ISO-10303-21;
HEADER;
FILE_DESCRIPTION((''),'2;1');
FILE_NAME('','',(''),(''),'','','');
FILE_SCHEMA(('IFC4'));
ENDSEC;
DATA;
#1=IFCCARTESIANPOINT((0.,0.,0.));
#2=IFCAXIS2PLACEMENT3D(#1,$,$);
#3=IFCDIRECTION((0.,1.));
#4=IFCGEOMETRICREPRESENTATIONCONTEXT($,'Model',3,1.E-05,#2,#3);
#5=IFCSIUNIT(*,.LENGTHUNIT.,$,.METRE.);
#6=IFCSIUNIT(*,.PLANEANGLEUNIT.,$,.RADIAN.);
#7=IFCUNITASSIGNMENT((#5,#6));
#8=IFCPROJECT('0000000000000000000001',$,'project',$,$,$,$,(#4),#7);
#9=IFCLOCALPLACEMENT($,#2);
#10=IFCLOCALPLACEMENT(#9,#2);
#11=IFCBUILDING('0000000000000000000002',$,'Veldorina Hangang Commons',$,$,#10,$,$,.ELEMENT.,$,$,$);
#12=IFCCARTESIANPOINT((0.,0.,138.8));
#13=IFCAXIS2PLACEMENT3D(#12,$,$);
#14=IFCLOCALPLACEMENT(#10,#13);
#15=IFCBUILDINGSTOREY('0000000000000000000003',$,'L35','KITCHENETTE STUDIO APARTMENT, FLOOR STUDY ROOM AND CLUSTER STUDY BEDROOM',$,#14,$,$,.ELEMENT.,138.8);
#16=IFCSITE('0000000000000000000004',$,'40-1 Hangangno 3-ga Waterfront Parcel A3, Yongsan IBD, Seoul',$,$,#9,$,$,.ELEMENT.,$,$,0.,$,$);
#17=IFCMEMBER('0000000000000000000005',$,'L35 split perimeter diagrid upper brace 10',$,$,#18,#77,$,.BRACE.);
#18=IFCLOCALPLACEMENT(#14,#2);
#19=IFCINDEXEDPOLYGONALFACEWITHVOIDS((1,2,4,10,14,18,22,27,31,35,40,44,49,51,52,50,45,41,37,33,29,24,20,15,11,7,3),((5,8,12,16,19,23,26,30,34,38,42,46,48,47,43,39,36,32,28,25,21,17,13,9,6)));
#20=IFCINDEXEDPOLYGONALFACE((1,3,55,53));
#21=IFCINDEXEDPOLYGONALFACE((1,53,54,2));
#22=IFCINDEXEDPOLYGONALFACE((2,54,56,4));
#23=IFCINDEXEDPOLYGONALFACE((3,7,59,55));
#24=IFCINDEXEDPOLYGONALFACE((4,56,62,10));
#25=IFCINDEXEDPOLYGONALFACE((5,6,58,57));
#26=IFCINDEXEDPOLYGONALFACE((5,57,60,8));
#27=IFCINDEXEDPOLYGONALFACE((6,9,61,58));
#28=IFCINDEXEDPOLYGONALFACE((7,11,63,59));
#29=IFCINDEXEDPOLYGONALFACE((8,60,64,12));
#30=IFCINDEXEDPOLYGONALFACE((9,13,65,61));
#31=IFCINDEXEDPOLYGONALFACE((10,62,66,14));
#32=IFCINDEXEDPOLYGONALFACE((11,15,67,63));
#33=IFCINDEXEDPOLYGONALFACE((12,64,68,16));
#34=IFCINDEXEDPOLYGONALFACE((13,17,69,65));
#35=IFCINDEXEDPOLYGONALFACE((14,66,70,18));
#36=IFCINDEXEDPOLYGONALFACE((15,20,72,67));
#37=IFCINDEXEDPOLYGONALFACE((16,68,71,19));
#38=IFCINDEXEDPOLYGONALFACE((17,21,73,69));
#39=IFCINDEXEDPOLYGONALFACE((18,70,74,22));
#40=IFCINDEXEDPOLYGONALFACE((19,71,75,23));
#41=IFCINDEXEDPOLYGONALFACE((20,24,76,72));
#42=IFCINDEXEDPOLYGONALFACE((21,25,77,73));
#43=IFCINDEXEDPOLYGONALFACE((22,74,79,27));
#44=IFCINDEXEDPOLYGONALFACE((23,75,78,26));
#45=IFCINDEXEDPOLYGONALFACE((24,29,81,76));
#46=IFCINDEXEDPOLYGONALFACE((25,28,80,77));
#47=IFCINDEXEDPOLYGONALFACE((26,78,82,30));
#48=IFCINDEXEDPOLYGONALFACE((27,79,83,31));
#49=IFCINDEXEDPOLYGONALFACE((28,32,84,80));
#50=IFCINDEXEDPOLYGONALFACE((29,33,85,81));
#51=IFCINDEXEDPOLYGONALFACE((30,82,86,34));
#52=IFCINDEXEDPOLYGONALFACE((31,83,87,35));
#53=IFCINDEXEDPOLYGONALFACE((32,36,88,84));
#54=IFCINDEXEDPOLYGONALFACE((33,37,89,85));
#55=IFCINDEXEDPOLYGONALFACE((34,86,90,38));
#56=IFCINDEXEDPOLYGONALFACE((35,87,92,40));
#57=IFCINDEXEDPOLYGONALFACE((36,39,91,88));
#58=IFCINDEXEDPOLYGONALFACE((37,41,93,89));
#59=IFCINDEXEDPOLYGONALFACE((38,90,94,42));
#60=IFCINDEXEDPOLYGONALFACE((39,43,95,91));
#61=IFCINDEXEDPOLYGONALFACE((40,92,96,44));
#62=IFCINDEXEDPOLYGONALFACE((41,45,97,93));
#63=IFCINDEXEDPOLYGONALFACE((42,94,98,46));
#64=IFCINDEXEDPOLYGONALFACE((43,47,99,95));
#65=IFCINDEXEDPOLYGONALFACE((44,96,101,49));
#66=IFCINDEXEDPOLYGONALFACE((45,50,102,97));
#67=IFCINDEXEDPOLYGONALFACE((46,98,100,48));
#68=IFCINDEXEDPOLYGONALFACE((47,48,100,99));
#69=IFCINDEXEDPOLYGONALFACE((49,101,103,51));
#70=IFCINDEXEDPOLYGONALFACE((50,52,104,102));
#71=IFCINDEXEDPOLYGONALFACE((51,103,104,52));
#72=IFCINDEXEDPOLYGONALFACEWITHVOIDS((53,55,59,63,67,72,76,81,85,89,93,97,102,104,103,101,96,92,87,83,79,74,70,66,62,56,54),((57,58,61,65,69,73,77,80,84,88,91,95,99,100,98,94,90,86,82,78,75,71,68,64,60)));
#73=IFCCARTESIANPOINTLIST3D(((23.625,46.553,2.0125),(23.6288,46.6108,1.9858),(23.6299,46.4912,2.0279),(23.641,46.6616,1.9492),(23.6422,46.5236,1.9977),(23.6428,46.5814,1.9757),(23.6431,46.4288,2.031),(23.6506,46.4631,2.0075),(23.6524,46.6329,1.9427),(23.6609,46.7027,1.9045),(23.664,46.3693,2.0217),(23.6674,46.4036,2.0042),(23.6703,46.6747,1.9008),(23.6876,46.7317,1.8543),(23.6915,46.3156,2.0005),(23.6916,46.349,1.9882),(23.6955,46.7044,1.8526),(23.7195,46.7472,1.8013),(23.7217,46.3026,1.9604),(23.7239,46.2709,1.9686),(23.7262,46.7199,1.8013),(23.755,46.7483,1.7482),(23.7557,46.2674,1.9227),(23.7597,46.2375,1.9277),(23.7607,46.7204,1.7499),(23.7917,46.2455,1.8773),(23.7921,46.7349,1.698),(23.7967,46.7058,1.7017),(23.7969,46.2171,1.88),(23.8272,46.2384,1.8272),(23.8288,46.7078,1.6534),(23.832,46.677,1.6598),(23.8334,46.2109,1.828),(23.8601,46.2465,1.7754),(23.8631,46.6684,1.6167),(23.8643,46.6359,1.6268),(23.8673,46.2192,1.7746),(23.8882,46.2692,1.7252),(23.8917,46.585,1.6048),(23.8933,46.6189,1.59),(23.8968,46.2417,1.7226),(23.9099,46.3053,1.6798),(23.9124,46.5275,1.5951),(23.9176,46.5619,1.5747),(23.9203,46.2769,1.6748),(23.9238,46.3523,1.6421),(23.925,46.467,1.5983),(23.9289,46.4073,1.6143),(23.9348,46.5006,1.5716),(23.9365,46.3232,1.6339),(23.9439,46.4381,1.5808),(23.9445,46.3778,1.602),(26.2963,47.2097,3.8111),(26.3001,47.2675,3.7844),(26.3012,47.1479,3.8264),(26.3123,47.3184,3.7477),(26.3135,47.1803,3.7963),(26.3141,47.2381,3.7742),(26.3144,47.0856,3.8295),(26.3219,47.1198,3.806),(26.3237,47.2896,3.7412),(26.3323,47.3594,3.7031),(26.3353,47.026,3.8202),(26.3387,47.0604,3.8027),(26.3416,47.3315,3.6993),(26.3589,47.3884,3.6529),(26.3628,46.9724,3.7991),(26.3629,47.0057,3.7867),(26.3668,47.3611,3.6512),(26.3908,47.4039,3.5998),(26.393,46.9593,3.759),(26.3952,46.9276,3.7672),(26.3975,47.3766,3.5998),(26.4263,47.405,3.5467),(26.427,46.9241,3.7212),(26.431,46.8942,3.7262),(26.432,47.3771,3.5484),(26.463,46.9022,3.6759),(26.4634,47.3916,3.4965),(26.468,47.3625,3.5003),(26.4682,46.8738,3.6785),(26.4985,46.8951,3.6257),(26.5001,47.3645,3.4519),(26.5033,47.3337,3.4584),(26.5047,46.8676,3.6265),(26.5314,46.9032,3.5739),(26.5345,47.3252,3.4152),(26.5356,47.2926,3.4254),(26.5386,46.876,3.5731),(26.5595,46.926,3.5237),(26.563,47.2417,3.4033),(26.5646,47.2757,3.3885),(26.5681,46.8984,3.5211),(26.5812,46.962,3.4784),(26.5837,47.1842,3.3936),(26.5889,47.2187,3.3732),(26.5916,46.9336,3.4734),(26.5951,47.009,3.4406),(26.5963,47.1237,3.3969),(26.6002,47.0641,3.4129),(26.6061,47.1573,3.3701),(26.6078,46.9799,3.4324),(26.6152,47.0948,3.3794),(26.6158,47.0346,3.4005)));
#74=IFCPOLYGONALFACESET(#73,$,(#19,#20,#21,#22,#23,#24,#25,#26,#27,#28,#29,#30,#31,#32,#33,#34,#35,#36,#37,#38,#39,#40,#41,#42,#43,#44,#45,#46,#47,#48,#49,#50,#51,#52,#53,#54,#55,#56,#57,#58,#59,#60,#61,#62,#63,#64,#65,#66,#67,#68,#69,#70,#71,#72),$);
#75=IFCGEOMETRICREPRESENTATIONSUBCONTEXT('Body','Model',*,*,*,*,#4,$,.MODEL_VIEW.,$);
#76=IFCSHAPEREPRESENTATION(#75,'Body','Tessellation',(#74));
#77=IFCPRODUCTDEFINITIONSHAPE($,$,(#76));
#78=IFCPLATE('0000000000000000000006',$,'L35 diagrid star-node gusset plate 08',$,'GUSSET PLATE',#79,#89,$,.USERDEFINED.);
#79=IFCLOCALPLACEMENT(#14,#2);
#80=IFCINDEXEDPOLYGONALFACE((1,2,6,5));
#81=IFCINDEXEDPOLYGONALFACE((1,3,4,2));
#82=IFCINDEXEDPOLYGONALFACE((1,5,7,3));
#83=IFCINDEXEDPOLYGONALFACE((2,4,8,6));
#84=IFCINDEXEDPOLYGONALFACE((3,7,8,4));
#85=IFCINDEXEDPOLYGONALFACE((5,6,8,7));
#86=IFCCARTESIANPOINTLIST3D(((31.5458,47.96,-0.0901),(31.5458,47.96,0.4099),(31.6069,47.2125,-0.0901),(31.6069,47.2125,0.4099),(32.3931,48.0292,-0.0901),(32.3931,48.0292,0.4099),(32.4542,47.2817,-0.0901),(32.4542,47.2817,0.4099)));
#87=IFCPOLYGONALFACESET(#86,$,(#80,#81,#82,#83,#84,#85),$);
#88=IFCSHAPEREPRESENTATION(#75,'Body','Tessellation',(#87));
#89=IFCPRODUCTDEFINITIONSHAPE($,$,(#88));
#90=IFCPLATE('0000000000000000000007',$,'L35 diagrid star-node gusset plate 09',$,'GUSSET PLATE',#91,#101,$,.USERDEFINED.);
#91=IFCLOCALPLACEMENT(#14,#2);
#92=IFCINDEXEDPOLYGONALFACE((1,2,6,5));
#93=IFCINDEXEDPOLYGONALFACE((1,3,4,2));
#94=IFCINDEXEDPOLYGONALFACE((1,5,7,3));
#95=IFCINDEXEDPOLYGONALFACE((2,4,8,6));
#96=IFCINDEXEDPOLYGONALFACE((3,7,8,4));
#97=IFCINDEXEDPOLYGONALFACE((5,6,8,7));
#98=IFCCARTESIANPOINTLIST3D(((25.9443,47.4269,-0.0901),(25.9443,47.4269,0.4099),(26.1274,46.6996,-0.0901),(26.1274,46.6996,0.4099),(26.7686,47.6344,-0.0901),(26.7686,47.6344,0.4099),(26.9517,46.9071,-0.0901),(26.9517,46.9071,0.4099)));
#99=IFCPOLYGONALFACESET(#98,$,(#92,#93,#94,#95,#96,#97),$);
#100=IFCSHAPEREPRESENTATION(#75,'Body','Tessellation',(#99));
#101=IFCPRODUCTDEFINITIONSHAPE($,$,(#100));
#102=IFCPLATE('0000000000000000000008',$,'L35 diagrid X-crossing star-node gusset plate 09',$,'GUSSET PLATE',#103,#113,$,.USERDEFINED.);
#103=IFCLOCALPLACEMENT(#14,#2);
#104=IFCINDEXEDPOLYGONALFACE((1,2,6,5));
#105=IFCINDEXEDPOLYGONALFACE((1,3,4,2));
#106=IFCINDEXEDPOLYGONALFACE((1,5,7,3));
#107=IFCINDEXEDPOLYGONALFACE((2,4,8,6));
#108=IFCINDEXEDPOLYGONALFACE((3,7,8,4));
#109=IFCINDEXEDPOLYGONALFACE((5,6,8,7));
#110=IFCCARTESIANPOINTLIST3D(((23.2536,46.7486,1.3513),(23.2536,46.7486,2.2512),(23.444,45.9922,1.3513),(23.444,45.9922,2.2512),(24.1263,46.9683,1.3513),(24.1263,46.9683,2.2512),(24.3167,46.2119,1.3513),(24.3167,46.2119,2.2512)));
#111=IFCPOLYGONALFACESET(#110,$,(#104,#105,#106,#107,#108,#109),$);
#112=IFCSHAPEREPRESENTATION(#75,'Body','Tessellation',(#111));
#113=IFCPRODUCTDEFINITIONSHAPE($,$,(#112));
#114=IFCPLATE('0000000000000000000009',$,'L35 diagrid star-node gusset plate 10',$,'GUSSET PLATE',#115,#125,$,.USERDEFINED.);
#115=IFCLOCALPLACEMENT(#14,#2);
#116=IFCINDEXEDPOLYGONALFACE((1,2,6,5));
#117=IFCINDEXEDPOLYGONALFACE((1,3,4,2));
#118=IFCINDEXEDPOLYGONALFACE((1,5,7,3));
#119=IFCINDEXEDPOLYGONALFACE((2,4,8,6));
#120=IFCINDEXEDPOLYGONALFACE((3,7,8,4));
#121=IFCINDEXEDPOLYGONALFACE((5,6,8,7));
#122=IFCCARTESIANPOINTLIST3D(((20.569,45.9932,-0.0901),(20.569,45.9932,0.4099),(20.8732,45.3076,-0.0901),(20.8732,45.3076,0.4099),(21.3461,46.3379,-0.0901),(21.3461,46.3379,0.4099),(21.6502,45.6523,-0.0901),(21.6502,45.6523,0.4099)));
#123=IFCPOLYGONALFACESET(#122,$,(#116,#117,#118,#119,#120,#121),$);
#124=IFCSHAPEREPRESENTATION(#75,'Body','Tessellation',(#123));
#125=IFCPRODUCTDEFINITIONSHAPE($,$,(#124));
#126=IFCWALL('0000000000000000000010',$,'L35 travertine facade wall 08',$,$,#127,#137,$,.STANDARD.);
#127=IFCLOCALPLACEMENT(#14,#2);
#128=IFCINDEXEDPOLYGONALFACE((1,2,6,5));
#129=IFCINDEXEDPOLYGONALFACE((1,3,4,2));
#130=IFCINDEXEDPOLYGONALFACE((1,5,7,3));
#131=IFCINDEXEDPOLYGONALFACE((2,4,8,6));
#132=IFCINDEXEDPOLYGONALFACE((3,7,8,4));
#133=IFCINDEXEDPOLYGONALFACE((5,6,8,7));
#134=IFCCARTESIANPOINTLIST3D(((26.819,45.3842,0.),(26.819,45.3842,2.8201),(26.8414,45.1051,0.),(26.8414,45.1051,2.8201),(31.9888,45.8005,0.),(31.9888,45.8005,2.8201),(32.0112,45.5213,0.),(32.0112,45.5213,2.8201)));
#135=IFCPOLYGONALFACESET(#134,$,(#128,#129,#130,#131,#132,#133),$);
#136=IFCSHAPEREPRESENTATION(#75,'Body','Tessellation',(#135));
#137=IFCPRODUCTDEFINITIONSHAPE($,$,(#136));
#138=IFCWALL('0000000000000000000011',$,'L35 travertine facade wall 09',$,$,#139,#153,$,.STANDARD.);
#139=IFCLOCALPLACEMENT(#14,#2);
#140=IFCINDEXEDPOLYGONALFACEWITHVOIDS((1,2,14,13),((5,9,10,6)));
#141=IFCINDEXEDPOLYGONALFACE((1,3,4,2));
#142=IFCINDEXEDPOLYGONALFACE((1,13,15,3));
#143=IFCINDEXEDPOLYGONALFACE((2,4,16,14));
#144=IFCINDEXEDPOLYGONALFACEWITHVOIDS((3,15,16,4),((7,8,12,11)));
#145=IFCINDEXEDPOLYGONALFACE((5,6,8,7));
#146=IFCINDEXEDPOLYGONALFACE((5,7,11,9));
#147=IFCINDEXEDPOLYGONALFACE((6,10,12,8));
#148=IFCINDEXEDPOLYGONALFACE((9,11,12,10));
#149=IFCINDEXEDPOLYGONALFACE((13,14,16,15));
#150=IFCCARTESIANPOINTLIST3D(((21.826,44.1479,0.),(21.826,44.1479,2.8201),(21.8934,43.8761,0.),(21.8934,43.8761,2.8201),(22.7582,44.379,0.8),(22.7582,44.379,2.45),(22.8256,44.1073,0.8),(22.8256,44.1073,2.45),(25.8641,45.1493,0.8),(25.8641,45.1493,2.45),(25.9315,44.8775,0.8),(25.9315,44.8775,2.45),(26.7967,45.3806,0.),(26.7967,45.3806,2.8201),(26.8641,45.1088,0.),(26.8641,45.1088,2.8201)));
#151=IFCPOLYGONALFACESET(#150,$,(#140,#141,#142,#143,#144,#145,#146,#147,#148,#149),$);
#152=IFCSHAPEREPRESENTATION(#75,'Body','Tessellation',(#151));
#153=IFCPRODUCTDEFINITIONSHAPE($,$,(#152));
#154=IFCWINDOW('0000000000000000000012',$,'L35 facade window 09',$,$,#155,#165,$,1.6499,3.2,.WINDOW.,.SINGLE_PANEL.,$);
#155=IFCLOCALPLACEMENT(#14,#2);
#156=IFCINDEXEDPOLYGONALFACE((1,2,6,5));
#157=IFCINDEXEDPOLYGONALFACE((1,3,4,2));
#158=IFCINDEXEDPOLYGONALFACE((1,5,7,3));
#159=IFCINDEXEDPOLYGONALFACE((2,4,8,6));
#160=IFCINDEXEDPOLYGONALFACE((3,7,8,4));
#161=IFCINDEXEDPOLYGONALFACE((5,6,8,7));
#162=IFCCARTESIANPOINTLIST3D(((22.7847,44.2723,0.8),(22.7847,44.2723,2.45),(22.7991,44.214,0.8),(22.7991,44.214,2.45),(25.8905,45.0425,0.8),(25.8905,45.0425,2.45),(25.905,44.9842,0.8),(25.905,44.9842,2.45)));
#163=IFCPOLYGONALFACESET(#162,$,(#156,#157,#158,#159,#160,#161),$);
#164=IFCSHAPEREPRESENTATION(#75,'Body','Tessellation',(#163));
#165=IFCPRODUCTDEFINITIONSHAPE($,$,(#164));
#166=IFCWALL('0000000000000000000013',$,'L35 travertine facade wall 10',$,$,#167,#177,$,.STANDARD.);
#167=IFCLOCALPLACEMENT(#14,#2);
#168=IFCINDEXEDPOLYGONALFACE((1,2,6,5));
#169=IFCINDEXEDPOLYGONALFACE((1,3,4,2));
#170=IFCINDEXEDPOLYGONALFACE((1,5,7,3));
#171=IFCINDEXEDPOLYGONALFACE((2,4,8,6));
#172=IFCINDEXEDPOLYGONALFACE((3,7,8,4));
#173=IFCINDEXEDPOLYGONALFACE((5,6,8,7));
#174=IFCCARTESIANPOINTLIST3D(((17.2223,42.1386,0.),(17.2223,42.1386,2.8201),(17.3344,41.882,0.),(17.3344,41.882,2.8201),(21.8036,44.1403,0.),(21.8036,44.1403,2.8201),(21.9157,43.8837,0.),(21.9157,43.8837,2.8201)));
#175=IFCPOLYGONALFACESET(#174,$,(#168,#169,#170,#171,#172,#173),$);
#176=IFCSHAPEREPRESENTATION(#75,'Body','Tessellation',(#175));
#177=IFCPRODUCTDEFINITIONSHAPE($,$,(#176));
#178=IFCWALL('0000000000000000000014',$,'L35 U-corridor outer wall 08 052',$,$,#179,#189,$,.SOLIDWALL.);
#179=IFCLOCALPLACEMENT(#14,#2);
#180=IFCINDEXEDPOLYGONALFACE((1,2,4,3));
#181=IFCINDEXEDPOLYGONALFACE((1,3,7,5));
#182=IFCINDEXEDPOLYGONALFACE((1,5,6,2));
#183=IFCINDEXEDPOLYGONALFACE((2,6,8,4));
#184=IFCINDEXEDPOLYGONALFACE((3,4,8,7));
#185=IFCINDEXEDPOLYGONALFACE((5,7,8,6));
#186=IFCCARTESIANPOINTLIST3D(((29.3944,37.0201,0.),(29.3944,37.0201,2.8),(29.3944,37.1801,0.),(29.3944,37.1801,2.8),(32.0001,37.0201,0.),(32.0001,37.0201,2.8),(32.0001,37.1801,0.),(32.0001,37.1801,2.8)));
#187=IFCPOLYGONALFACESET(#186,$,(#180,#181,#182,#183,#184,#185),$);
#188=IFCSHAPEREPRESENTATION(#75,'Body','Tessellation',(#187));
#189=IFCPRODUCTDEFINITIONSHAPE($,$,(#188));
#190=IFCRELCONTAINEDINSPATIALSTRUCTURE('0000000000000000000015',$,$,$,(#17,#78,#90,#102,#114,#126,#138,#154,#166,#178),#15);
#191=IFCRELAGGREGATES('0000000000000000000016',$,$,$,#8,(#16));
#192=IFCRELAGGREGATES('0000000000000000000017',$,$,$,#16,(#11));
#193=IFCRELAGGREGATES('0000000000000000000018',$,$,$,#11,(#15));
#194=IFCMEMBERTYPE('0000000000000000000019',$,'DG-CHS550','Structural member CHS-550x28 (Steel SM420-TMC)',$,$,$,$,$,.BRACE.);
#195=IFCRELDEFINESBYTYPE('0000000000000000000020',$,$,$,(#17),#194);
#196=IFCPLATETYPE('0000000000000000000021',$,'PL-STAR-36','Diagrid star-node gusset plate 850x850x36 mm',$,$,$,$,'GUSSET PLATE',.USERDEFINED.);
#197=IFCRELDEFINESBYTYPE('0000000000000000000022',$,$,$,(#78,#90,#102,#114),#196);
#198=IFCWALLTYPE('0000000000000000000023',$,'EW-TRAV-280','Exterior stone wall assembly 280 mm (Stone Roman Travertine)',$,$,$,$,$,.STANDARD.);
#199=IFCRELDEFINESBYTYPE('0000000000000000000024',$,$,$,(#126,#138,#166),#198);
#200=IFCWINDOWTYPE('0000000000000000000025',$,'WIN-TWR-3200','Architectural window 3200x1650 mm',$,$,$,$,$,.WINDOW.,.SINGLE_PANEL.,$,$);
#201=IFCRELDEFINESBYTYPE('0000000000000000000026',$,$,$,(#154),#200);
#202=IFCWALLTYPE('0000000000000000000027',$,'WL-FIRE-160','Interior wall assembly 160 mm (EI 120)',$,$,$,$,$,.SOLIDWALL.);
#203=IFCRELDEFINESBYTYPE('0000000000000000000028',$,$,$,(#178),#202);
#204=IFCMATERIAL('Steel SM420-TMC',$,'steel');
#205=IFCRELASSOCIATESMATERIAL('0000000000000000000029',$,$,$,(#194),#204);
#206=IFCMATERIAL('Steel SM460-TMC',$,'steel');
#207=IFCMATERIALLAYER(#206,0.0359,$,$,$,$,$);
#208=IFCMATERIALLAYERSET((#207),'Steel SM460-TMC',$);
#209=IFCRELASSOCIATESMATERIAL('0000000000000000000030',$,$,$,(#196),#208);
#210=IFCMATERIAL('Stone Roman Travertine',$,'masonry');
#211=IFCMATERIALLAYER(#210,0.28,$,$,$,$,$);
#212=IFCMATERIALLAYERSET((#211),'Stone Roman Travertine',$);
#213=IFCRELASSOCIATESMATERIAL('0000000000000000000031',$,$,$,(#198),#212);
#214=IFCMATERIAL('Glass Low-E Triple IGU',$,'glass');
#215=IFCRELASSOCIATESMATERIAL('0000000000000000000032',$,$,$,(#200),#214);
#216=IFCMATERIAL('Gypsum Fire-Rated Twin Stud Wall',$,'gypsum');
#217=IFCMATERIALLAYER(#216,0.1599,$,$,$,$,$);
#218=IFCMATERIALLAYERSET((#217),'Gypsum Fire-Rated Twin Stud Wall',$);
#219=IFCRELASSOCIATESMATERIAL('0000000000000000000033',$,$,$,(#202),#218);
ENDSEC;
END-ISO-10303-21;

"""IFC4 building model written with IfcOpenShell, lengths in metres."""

from ifc_helpers import new_model, si_unit, direction, frame, frame_2d, origin, origin_2d, place, context, subcontext, project, spatial, rectangle, hollow_circle, extrude, material, layer, layer_set, material_profile, profile_set, type_object, element, fill, save


model = new_model("IFC4")

# Units and contexts
model_context = context("Model", 3, precision=1e-05, world=origin(), true_north=direction((0.0, 1.0)))
body_context = subcontext(model_context, "Body", "Model", "MODEL_VIEW")
ifc_project = project(units=[si_unit("LENGTHUNIT", "METRE"), si_unit("PLANEANGLEUNIT", "RADIAN")], contexts=[model_context])

# Site, building, storey
site_placement = place(None, origin())
site = spatial("IfcSite", under=ifc_project, at=site_placement, Name="40-1 Hangangno 3-ga Waterfront Parcel A3, Yongsan IBD, Seoul", CompositionType="ELEMENT", RefElevation=0.0)
building_placement = place(site_placement, origin())
building = spatial("IfcBuilding", under=site, at=building_placement, Name="Veldorina Hangang Commons", CompositionType="ELEMENT")
storey_placement = place(building_placement, frame((0.0, 0.0, 138.8)))
storey = spatial("IfcBuildingStorey", under=building, at=storey_placement, Name="L35", Description="KITCHENETTE STUDIO APARTMENT, FLOOR STUDY ROOM AND CLUSTER STUDY BEDROOM", CompositionType="ELEMENT", Elevation=138.8)

# Shared definitions
ifc_material_1 = material(Name="Steel SM420-TMC", Category="steel")

# Member
ifc_material_profile_1 = material_profile(ifc_material_1, hollow_circle(Radius=0.2749, WallThickness=0.0281, at=origin_2d()), Name="CHS-550x28")
ifc_profile_set_1 = profile_set([ifc_material_profile_1], Name="Steel SM420-TMC")
member_type = type_object("IfcMemberType", Name="DG-CHS550", Description="Structural member CHS-550x28 (Steel SM420-TMC)", PredefinedType="BRACE", material=ifc_profile_set_1)
member_1_placement = place(storey_placement, frame((23.7852, 46.4802, 1.8013), z_axis=(0.812782, 0.199816, 0.547228), x_axis=(-0.238733, 0.971085, 0.0)))
element("IfcMember", 1, at=member_1_placement, inside=storey, type_object=member_type, Name="L35 split perimeter diagrid upper brace 10", PredefinedType="BRACE", context=body_context, shape_type="SweptSolid", body=[
    extrude(hollow_circle(Radius=0.2749, WallThickness=0.0281, at=origin_2d()), origin(), (0.0, 0.0, 1.0), 3.2866),
])

# Plates
ifc_material_2 = material(Name="Steel SM460-TMC", Category="steel")
ifc_layer_1 = layer(ifc_material_2, 0.0359)
ifc_layer_set_1 = layer_set([ifc_layer_1], Name="Steel SM460-TMC")
plate_type = type_object("IfcPlateType", Name="PL-STAR-36", Description="Diagrid star-node gusset plate 850x850x36 mm", ElementType="GUSSET PLATE", PredefinedType="USERDEFINED", material=ifc_layer_set_1)
for number, where, z_axis, x_axis, name in (
    (2, (32.0, 47.6208, -0.0901), (0.0, 0.0, 1.0), (-0.996674, -0.081486, 0.0), "L35 diagrid star-node gusset plate 08"),
    (3, (26.448, 47.167, -0.0901), (0.0, 0.0, 1.0), (-0.969736, -0.244157, 0.0), "L35 diagrid star-node gusset plate 09"),
):
    element("IfcPlate", number, at=place(storey_placement, frame(where, z_axis=z_axis, x_axis=x_axis)), inside=storey, type_object=plate_type, Name=name, ObjectType="GUSSET PLATE", PredefinedType="USERDEFINED", context=body_context, shape_type="SweptSolid", body=[
        extrude(rectangle(XDim=0.8501, YDim=0.75, at=origin_2d()), origin(), (0.0, 0.0, 1.0), 0.5),
    ])
plate_1_placement = place(storey_placement, frame((23.7852, 46.4802, 1.3513), z_axis=(0.0, 0.0, 1.0), x_axis=(-0.969736, -0.244157, 0.0)))
element("IfcPlate", 4, at=plate_1_placement, inside=storey, type_object=plate_type, Name="L35 diagrid X-crossing star-node gusset plate 09", ObjectType="GUSSET PLATE", PredefinedType="USERDEFINED", context=body_context, shape_type="SweptSolid", body=[
    extrude(rectangle(XDim=0.8999, YDim=0.78, at=origin_2d()), origin(), (0.0, 0.0, 1.0), 0.8999),
])
plate_2_placement = place(storey_placement, frame((21.1096, 45.8228, -0.0901), z_axis=(0.0, 0.0, 1.0), x_axis=(-0.914084, -0.405525, 0.0)))
element("IfcPlate", 5, at=plate_2_placement, inside=storey, type_object=plate_type, Name="L35 diagrid star-node gusset plate 10", ObjectType="GUSSET PLATE", PredefinedType="USERDEFINED", context=body_context, shape_type="SweptSolid", body=[
    extrude(rectangle(XDim=0.8501, YDim=0.75, at=origin_2d()), origin(), (0.0, 0.0, 1.0), 0.5),
])

# Wall
ifc_material_3 = material(Name="Stone Roman Travertine", Category="masonry")
ifc_layer_2 = layer(ifc_material_3, 0.28)
ifc_layer_set_2 = layer_set([ifc_layer_2], Name="Stone Roman Travertine")
wall_type_1 = type_object("IfcWallType", Name="EW-TRAV-280", Description="Exterior stone wall assembly 280 mm (Stone Roman Travertine)", PredefinedType="STANDARD", material=ifc_layer_set_2)
wall_1_placement = place(storey_placement, frame((32.0, 45.6609, 0.0), z_axis=(0.0, 0.0, 1.0), x_axis=(-0.996774, -0.08026, 0.0)))
element("IfcWall", 6, at=wall_1_placement, inside=storey, type_object=wall_type_1, Name="L35 travertine facade wall 08", PredefinedType="STANDARD", context=body_context, shape_type="SweptSolid", body=[
    extrude(rectangle(XDim=5.1865, YDim=0.28, at=frame_2d((2.5933, 0.0))), origin(), (0.0, 0.0, 1.0), 2.8201),
])

# Wall, opening, window
wall_2_placement = place(storey_placement, frame((26.8303, 45.2446, 0.0), z_axis=(0.0, 0.0, 1.0), x_axis=(-0.970601, -0.240696, 0.0)))
wall_2 = element("IfcWall", 7, at=wall_2_placement, inside=storey, type_object=wall_type_1, Name="L35 travertine facade wall 09", PredefinedType="STANDARD", context=body_context, shape_type="SweptSolid", body=[
    extrude(rectangle(XDim=5.1213, YDim=0.28, at=frame_2d((2.5605, 0.0))), origin(), (0.0, 0.0, 1.0), 2.8201),
])
opening_1_placement = place(wall_2_placement, frame((0.9607, 0.0, 0.8)))
opening_1 = element("IfcOpeningElement", 8, at=opening_1_placement, cuts=wall_2, PredefinedType="OPENING", context=body_context, shape_type="SweptSolid", body=[
    extrude(rectangle(XDim=3.2, YDim=1.6499, at=frame_2d((1.6001, 0.825))), frame((0.0, 0.1499, 0.0), z_axis=(0.0, -1.0, 0.0), x_axis=(1.0, 0.0, 0.0)), (0.0, 0.0, 1.0), 0.3),
])
ifc_material_4 = material(Name="Glass Low-E Triple IGU", Category="glass")
window_type = type_object("IfcWindowType", Name="WIN-TWR-3200", Description="Architectural window 3200x1650 mm", PartitioningType="SINGLE_PANEL", PredefinedType="WINDOW", material=ifc_material_4)
window_placement = place(opening_1_placement, origin())
window = element("IfcWindow", 9, at=window_placement, inside=storey, type_object=window_type, Name="L35 facade window 09", OverallHeight=1.6499, OverallWidth=3.2, PartitioningType="SINGLE_PANEL", PredefinedType="WINDOW", context=body_context, shape_type="SweptSolid", body=[
    extrude(rectangle(XDim=3.2, YDim=1.6499, at=frame_2d((1.6001, 0.825))), frame((0.0, 0.03, 0.0), z_axis=(0.0, -1.0, 0.0), x_axis=(1.0, 0.0, 0.0)), (0.0, 0.0, 1.0), 0.0601),
])
fill(opening_1, window)

# Walls
wall_3_placement = place(storey_placement, frame((21.8596, 44.012, 0.0), z_axis=(0.0, 0.0, 1.0), x_axis=(-0.916349, -0.400381, 0.0)))
element("IfcWall", 10, at=wall_3_placement, inside=storey, type_object=wall_type_1, Name="L35 travertine facade wall 10", PredefinedType="STANDARD", context=body_context, shape_type="SweptSolid", body=[
    extrude(rectangle(XDim=4.9995, YDim=0.28, at=frame_2d((2.4998, 0.0))), origin(), (0.0, 0.0, 1.0), 2.8201),
])
ifc_material_5 = material(Name="Gypsum Fire-Rated Twin Stud Wall", Category="gypsum")
ifc_layer_3 = layer(ifc_material_5, 0.1599)
ifc_layer_set_3 = layer_set([ifc_layer_3], Name="Gypsum Fire-Rated Twin Stud Wall")
wall_type_2 = type_object("IfcWallType", Name="WL-FIRE-160", Description="Interior wall assembly 160 mm (EI 120)", PredefinedType="SOLIDWALL", material=ifc_layer_set_3)
wall_4_placement = place(storey_placement, frame((32.0, 37.1001, 0.0), z_axis=(0.0, 0.0, 1.0), x_axis=(-1.0, 0.0, 0.0)))
element("IfcWall", 11, at=wall_4_placement, inside=storey, type_object=wall_type_2, Name="L35 U-corridor outer wall 08 052", PredefinedType="SOLIDWALL", context=body_context, shape_type="SweptSolid", body=[
    extrude(rectangle(XDim=2.6057, YDim=0.1599, at=frame_2d((1.3027, 0.0))), origin(), (0.0, 0.0, 1.0), 2.8),
])

save(model, "model.ifc")
